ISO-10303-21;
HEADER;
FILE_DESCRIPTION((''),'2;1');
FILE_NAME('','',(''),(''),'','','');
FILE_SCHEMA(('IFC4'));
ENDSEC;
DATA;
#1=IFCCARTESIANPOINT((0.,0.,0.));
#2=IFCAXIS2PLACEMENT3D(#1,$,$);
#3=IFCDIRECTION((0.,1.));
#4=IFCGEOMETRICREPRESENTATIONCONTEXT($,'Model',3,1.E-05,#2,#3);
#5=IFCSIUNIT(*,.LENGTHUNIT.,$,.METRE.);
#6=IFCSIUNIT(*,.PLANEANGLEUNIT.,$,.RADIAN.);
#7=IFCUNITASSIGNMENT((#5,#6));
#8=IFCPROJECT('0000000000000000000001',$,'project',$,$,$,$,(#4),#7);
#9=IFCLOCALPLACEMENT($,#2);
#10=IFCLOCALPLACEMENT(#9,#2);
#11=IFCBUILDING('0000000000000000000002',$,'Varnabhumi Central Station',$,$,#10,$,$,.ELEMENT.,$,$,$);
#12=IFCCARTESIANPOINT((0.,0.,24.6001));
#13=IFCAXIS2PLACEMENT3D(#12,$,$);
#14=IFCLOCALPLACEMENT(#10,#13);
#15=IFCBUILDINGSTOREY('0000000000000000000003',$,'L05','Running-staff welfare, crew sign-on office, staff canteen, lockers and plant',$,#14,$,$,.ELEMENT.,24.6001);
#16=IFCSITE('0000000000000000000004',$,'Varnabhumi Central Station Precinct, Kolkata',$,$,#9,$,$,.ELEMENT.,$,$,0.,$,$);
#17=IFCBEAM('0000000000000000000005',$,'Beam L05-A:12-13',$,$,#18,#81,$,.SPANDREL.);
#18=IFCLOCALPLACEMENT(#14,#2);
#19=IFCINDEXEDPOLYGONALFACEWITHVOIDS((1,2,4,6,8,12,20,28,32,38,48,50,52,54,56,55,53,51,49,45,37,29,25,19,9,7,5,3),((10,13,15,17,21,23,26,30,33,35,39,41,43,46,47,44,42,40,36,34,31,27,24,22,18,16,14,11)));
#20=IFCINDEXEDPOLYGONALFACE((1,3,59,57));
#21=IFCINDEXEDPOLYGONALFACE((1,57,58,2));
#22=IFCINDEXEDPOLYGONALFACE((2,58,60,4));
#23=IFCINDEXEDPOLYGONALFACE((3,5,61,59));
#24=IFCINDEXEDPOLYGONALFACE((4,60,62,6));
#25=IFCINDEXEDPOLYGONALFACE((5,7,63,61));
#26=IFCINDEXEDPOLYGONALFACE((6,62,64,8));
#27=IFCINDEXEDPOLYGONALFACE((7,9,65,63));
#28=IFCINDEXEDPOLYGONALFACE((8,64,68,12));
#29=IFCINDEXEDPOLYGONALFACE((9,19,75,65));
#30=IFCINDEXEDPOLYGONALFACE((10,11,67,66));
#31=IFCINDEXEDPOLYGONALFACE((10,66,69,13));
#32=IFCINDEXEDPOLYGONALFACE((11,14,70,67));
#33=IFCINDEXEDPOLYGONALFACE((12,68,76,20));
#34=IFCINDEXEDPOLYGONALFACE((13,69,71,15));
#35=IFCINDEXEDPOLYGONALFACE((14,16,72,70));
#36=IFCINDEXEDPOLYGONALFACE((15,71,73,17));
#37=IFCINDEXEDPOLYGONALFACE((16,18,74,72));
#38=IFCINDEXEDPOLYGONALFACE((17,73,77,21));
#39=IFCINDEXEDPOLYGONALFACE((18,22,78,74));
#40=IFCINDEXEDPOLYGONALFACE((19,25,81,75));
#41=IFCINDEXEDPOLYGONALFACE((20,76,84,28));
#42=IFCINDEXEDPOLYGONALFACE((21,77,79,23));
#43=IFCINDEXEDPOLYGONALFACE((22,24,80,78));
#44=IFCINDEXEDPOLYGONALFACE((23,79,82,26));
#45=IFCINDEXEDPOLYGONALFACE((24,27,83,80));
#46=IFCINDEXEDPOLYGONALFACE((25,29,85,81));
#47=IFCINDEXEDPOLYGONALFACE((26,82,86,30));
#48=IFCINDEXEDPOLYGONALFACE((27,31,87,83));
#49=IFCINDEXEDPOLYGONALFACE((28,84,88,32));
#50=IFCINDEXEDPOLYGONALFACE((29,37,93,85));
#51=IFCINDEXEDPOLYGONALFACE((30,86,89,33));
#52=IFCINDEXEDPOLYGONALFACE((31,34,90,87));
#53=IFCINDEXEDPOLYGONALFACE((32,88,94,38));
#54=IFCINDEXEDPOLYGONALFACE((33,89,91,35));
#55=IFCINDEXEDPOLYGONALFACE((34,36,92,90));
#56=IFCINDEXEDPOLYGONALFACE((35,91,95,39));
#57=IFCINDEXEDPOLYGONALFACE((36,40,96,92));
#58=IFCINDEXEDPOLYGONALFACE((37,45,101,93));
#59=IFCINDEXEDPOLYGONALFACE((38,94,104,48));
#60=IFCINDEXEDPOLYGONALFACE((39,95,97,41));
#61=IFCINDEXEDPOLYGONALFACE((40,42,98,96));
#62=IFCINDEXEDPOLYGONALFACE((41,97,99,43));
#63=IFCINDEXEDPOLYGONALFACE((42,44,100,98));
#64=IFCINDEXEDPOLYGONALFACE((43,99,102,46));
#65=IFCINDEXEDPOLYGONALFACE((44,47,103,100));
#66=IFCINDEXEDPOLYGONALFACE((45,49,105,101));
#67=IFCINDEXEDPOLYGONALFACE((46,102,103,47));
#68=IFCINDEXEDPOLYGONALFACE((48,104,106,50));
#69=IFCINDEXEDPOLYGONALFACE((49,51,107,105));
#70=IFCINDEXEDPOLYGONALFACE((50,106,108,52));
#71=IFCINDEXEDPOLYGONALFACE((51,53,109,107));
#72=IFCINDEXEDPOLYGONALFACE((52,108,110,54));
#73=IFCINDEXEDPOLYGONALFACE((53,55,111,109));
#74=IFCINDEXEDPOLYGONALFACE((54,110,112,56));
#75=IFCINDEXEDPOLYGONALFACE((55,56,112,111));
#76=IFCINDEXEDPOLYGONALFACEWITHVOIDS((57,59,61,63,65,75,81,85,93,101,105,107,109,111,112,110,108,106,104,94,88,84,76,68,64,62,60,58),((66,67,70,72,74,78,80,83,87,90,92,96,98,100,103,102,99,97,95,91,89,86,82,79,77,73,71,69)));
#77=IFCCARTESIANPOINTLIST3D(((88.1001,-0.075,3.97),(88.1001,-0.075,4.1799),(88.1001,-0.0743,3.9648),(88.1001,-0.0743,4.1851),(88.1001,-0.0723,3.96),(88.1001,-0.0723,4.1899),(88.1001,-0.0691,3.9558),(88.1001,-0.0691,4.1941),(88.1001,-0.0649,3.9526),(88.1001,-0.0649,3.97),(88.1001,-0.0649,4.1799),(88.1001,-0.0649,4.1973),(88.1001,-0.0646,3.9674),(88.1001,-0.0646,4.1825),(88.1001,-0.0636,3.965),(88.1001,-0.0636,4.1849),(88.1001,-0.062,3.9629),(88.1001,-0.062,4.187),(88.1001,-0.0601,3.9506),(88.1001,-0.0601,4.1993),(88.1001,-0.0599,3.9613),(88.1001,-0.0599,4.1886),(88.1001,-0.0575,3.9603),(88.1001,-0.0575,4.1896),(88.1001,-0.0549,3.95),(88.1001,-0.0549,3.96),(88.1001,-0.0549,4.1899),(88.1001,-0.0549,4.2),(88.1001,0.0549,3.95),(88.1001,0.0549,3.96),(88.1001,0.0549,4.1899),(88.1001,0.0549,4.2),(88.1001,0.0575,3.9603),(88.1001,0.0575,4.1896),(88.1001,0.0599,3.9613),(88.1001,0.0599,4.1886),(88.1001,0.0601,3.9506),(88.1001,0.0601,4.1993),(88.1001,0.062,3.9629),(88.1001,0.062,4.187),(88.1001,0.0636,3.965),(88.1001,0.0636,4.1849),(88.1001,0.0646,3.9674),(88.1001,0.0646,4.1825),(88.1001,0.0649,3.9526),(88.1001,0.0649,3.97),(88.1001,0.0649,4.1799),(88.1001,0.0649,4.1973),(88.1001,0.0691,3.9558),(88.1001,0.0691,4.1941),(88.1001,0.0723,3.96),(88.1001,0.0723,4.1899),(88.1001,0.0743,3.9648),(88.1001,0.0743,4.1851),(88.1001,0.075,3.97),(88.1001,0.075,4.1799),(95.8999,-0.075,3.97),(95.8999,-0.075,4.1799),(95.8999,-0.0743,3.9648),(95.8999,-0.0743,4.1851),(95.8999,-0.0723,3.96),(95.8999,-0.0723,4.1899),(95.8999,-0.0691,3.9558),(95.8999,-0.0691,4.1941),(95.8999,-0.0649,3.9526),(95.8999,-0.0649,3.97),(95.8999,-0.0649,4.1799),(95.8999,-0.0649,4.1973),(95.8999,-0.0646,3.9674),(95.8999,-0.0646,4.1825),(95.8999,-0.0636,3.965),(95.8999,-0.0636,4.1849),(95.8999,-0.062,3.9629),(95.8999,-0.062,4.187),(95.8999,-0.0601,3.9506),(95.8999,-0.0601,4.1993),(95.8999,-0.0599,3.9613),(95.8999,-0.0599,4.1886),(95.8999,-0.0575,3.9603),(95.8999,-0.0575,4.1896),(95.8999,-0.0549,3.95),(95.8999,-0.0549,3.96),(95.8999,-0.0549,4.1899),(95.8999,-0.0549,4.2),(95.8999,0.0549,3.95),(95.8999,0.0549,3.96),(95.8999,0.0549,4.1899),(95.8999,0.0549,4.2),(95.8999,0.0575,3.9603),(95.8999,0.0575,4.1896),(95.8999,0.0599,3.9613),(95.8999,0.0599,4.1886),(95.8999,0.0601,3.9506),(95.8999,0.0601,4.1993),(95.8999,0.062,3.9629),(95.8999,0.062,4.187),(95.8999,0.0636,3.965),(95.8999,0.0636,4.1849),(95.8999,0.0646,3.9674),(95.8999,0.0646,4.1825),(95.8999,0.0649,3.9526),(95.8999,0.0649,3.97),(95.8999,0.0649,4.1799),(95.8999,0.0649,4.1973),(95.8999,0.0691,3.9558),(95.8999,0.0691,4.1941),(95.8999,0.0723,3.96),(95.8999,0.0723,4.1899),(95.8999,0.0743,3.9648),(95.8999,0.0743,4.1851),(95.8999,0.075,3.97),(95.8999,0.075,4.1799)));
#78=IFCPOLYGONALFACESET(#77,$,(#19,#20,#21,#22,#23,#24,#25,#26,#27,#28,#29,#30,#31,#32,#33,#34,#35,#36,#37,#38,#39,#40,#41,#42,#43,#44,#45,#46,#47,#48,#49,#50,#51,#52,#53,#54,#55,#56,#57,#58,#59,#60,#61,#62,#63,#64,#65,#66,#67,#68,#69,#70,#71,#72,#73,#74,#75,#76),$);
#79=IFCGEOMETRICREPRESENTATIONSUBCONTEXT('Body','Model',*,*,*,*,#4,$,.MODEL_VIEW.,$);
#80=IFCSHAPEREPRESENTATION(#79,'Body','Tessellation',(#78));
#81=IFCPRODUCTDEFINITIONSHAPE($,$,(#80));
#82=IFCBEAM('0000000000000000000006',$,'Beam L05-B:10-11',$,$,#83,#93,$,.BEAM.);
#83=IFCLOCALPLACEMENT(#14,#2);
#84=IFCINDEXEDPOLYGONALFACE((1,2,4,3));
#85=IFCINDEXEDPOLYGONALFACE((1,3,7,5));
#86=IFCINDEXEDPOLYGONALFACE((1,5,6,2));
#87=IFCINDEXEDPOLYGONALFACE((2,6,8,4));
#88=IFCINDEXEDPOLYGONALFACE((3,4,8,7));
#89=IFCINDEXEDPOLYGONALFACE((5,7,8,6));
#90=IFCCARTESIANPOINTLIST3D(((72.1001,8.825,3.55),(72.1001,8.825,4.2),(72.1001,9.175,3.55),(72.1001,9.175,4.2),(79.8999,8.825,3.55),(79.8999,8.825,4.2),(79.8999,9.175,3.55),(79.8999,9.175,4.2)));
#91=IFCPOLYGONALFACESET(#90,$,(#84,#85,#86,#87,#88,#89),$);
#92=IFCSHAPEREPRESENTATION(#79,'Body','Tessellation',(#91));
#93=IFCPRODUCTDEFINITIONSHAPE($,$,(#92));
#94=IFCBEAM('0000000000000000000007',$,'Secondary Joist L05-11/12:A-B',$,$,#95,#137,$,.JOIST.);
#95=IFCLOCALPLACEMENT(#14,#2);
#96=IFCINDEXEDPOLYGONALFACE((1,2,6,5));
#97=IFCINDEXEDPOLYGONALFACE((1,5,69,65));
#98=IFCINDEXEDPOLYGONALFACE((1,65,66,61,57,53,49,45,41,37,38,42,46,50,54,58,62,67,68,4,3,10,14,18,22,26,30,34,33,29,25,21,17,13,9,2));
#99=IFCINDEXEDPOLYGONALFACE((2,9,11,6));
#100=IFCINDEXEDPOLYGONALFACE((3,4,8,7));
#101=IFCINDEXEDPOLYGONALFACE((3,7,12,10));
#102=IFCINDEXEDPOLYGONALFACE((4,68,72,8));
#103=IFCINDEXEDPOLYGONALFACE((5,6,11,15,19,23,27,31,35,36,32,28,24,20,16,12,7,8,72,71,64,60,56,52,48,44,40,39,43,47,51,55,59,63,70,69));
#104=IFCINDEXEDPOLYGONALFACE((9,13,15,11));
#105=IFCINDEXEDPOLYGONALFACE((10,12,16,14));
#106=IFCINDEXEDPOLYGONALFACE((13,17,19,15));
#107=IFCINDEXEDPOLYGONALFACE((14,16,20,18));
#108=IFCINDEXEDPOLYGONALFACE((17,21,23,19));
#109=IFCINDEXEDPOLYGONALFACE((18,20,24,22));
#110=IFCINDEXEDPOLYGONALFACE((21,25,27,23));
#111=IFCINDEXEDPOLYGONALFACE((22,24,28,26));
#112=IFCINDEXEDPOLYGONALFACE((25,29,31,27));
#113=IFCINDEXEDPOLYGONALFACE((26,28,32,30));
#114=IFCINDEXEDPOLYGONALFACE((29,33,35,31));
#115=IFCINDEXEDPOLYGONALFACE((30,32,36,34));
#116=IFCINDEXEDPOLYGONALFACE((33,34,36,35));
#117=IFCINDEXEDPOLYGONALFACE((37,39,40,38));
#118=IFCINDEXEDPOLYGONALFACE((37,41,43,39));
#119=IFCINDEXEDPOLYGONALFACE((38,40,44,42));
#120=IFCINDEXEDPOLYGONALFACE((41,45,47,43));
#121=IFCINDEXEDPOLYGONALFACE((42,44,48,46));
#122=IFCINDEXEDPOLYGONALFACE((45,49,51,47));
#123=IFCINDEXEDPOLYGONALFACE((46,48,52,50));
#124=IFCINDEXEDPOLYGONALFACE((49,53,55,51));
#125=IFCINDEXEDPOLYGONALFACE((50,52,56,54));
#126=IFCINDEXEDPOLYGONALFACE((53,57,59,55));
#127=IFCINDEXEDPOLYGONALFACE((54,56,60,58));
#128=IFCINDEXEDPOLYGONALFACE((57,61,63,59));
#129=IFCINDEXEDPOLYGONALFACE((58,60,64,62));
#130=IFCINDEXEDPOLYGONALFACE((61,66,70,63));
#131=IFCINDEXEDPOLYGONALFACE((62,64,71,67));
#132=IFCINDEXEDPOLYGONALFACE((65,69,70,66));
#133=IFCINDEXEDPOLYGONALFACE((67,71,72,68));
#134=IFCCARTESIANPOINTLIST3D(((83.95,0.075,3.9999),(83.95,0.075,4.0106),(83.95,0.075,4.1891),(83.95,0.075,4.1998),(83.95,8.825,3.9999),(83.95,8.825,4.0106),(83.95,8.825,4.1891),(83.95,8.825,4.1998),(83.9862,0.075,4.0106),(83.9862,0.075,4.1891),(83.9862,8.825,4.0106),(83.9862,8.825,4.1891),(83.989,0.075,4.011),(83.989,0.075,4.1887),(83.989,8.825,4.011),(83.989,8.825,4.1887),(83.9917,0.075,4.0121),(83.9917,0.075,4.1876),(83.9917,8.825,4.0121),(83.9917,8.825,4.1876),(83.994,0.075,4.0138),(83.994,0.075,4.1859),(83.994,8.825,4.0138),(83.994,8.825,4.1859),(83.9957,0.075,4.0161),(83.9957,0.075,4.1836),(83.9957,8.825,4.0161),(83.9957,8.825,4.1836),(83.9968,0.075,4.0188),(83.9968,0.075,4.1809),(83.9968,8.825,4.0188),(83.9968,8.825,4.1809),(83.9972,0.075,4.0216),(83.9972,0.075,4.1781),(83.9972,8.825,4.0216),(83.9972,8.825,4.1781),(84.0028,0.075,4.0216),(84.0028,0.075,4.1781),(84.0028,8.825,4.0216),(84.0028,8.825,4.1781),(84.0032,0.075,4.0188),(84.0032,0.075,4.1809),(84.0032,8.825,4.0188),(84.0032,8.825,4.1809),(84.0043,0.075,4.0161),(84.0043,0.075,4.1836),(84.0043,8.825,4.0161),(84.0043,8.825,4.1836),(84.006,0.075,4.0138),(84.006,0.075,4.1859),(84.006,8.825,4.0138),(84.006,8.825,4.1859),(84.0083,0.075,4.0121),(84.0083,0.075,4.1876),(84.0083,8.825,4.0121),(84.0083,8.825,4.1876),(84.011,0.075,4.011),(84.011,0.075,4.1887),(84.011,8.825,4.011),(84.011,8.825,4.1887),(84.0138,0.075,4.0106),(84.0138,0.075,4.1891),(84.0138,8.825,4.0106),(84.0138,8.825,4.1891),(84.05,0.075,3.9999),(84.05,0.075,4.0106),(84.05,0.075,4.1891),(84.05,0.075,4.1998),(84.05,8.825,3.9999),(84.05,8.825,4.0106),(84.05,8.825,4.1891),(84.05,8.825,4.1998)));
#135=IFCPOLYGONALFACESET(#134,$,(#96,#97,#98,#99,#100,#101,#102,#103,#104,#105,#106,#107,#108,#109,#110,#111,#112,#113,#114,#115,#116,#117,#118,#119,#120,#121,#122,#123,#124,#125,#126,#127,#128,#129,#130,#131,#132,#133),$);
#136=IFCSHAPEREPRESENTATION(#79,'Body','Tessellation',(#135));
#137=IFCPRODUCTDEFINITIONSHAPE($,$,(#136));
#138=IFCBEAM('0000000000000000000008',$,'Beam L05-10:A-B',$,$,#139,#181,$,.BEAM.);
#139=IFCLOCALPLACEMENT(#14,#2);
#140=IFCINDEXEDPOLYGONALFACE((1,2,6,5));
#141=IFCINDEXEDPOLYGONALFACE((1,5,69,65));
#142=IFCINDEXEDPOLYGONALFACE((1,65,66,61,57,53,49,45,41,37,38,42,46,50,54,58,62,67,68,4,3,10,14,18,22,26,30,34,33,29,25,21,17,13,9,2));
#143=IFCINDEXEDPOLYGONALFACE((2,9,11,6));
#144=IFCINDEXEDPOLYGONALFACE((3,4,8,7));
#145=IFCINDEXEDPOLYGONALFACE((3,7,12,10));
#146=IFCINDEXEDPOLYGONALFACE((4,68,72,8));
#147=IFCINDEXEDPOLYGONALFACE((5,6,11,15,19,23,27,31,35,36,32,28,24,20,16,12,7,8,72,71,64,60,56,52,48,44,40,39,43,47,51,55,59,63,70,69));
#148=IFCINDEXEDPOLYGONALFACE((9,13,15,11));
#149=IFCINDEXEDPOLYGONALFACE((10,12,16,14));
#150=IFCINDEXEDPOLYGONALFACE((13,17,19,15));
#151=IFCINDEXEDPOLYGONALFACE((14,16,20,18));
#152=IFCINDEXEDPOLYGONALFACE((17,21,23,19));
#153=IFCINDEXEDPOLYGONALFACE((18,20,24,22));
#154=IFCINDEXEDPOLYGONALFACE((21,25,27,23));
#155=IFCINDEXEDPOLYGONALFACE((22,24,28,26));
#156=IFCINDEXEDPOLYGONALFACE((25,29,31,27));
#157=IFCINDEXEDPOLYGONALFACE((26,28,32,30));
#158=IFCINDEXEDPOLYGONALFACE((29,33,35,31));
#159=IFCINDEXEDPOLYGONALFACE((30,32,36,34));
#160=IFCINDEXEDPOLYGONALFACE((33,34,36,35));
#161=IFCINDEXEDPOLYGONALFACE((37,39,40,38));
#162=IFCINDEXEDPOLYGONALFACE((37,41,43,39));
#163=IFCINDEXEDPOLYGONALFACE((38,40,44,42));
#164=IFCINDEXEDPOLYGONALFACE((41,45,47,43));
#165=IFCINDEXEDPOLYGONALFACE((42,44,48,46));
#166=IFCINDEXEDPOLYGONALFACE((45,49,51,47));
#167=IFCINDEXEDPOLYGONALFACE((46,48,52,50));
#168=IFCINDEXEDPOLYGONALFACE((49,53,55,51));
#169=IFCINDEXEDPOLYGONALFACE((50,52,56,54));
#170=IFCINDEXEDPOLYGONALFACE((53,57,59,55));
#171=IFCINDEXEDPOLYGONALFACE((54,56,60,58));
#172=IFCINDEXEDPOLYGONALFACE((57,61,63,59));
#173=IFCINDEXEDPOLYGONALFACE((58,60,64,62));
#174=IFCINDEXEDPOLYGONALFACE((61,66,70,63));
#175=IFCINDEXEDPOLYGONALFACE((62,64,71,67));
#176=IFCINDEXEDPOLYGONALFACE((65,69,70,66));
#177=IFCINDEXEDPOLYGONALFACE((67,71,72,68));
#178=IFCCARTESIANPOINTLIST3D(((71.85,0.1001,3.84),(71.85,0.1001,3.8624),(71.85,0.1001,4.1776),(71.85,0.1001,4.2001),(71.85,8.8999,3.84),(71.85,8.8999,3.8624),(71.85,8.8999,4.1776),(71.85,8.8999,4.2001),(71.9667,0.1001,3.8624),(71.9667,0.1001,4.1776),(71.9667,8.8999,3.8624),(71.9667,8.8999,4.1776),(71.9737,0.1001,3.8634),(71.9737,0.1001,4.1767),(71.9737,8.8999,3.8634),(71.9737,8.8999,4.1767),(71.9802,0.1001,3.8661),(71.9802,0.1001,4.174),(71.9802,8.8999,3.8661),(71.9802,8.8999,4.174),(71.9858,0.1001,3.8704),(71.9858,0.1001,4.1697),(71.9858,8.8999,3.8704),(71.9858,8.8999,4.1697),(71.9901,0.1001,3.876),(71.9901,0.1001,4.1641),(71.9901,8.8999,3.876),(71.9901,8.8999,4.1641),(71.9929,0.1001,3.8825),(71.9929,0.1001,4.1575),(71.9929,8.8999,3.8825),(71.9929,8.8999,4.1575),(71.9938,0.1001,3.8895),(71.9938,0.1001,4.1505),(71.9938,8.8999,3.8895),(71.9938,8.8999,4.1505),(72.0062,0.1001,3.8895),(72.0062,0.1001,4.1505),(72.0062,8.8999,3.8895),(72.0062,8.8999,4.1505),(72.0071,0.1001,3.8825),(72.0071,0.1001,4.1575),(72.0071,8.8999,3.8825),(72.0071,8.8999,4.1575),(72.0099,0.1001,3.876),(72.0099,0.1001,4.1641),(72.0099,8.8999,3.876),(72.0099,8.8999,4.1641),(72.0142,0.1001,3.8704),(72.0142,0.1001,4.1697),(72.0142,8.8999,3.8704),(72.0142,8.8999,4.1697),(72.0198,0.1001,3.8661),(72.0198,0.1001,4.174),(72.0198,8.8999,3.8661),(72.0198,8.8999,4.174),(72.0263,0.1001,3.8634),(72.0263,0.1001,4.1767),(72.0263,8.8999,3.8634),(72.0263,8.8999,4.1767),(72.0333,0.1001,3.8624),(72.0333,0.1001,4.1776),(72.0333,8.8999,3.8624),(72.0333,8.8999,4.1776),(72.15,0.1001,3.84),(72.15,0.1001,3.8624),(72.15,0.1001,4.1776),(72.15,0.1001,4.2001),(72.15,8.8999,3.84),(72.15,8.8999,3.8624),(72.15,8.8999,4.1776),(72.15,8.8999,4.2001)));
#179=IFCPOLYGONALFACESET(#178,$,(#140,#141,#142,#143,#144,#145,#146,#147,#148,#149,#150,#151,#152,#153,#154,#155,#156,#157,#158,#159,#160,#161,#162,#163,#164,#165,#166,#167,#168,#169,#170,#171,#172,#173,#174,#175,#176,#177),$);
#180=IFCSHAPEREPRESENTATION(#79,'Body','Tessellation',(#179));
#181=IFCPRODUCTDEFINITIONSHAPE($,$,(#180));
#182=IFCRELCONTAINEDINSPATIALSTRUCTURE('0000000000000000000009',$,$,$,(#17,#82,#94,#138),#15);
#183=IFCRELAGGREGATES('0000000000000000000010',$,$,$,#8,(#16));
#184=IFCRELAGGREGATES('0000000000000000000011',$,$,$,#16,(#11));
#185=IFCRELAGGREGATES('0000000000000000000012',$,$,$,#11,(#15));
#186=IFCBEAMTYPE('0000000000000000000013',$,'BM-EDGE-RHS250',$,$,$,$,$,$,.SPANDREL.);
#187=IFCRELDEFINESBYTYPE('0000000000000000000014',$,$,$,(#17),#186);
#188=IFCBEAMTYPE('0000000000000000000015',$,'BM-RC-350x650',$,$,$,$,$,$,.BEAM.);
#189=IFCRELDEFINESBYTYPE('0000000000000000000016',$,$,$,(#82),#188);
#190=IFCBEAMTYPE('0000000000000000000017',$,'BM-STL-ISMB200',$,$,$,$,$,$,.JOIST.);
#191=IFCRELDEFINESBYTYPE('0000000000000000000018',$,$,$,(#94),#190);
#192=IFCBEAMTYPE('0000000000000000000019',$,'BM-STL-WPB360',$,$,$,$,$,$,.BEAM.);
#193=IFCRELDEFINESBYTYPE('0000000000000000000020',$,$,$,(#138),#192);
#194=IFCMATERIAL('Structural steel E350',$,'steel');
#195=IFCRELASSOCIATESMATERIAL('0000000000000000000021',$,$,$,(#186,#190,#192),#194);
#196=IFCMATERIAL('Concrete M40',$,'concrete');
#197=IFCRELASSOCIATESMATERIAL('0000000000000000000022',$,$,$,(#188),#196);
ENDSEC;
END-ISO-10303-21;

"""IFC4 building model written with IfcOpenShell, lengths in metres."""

from ifc_helpers import new_model, si_unit, direction, frame, origin, origin_2d, place, context, subcontext, project, spatial, rectangle, hollow_rectangle, i_section, extrude, material, material_profile, profile_set, type_object, element, save


model = new_model("IFC4")

# Units and contexts
model_context = context("Model", 3, precision=1e-05, world=origin(), true_north=direction((0.0, 1.0)))
body_context = subcontext(model_context, "Body", "Model", "MODEL_VIEW")
ifc_project = project(units=[si_unit("LENGTHUNIT", "METRE"), si_unit("PLANEANGLEUNIT", "RADIAN")], contexts=[model_context])

# Site, building, storey
site_placement = place(None, origin())
site = spatial("IfcSite", under=ifc_project, at=site_placement, Name="Varnabhumi Central Station Precinct, Kolkata", CompositionType="ELEMENT", RefElevation=0.0)
building_placement = place(site_placement, origin())
building = spatial("IfcBuilding", under=site, at=building_placement, Name="Varnabhumi Central Station", CompositionType="ELEMENT")
storey_placement = place(building_placement, frame((0.0, 0.0, 24.6001)))
storey = spatial("IfcBuildingStorey", under=building, at=storey_placement, Name="L05", Description="Running-staff welfare, crew sign-on office, staff canteen, lockers and plant", CompositionType="ELEMENT", Elevation=24.6001)

# Shared definitions
ifc_material_1 = material(Name="Concrete M40", Category="concrete")

# Beams
ifc_material_2 = material(Name="Structural steel E350", Category="steel")
ifc_material_profile_1 = material_profile(ifc_material_2, hollow_rectangle(XDim=0.1499, YDim=0.25, WallThickness=0.01, InnerFilletRadius=0.01, OuterFilletRadius=0.02, at=origin_2d()), Name="Structural steel E350", Category="steel")
ifc_profile_set_1 = profile_set([ifc_material_profile_1], Name="Structural steel E350")
beam_type_1 = type_object("IfcBeamType", Name="BM-EDGE-RHS250", PredefinedType="SPANDREL", material=ifc_profile_set_1)
for number, where, z_axis, x_axis, name in (
    (1, (88.1001, 0.0, 4.075), (1.0, 0.0, 0.0), (0.0, 1.0, 0.0), "Beam L05-A:12-13"),
):
    element("IfcBeam", number, at=place(storey_placement, frame(where, z_axis=z_axis, x_axis=x_axis)), inside=storey, type_object=beam_type_1, Name=name, PredefinedType="SPANDREL", context=body_context, shape_type="SweptSolid", body=[
        extrude(hollow_rectangle(XDim=0.1499, YDim=0.25, WallThickness=0.01, InnerFilletRadius=0.01, OuterFilletRadius=0.02, at=origin_2d()), origin(), (0.0, 0.0, 1.0), 7.7998),
    ])
ifc_material_profile_2 = material_profile(ifc_material_1, rectangle(XDim=0.3501, YDim=0.6499, at=origin_2d()), Name="Concrete M40", Category="concrete")
ifc_profile_set_2 = profile_set([ifc_material_profile_2], Name="Concrete M40")
beam_type_2 = type_object("IfcBeamType", Name="BM-RC-350x650", PredefinedType="BEAM", material=ifc_profile_set_2)
beam_1_placement = place(storey_placement, frame((72.1001, 9.0, 3.875), z_axis=(1.0, 0.0, 0.0), x_axis=(0.0, 1.0, 0.0)))
element("IfcBeam", 2, at=beam_1_placement, inside=storey, type_object=beam_type_2, Name="Beam L05-B:10-11", PredefinedType="BEAM", context=body_context, shape_type="SweptSolid", body=[
    extrude(rectangle(XDim=0.3501, YDim=0.6499, at=origin_2d()), origin(), (0.0, 0.0, 1.0), 7.7998),
])
ifc_material_profile_3 = material_profile(ifc_material_2, i_section(OverallWidth=0.1001, OverallDepth=0.2, WebThickness=0.0056, FlangeThickness=0.0107, FilletRadius=0.011, at=origin_2d()), Name="Structural steel E350", Category="steel")
ifc_profile_set_3 = profile_set([ifc_material_profile_3], Name="Structural steel E350")
beam_type_3 = type_object("IfcBeamType", Name="BM-STL-ISMB200", PredefinedType="JOIST", material=ifc_profile_set_3)
beam_2_placement = place(storey_placement, frame((84.0, 0.075, 4.0999), z_axis=(0.0, 1.0, 0.0), x_axis=(-1.0, 0.0, 0.0)))
element("IfcBeam", 3, at=beam_2_placement, inside=storey, type_object=beam_type_3, Name="Secondary Joist L05-11/12:A-B", PredefinedType="JOIST", context=body_context, shape_type="SweptSolid", body=[
    extrude(i_section(OverallWidth=0.1001, OverallDepth=0.2, WebThickness=0.0056, FlangeThickness=0.0107, FilletRadius=0.011, at=origin_2d()), origin(), (0.0, 0.0, 1.0), 8.75),
])
ifc_material_profile_4 = material_profile(ifc_material_2, i_section(OverallWidth=0.3, OverallDepth=0.3601, WebThickness=0.0125, FlangeThickness=0.0225, FilletRadius=0.0271, at=origin_2d()), Name="Structural steel E350", Category="steel")
ifc_profile_set_4 = profile_set([ifc_material_profile_4], Name="Structural steel E350")
beam_type_4 = type_object("IfcBeamType", Name="BM-STL-WPB360", PredefinedType="BEAM", material=ifc_profile_set_4)
for number, where, z_axis, x_axis, name in (
    (4, (72.0, 0.1001, 4.02), (0.0, 1.0, 0.0), (-1.0, 0.0, 0.0), "Beam L05-10:A-B"),
):
    element("IfcBeam", number, at=place(storey_placement, frame(where, z_axis=z_axis, x_axis=x_axis)), inside=storey, type_object=beam_type_4, Name=name, PredefinedType="BEAM", context=body_context, shape_type="SweptSolid", body=[
        extrude(i_section(OverallWidth=0.3, OverallDepth=0.3601, WebThickness=0.0125, FlangeThickness=0.0225, FilletRadius=0.0271, at=origin_2d()), origin(), (0.0, 0.0, 1.0), 8.7998),
    ])

save(model, "model.ifc")
